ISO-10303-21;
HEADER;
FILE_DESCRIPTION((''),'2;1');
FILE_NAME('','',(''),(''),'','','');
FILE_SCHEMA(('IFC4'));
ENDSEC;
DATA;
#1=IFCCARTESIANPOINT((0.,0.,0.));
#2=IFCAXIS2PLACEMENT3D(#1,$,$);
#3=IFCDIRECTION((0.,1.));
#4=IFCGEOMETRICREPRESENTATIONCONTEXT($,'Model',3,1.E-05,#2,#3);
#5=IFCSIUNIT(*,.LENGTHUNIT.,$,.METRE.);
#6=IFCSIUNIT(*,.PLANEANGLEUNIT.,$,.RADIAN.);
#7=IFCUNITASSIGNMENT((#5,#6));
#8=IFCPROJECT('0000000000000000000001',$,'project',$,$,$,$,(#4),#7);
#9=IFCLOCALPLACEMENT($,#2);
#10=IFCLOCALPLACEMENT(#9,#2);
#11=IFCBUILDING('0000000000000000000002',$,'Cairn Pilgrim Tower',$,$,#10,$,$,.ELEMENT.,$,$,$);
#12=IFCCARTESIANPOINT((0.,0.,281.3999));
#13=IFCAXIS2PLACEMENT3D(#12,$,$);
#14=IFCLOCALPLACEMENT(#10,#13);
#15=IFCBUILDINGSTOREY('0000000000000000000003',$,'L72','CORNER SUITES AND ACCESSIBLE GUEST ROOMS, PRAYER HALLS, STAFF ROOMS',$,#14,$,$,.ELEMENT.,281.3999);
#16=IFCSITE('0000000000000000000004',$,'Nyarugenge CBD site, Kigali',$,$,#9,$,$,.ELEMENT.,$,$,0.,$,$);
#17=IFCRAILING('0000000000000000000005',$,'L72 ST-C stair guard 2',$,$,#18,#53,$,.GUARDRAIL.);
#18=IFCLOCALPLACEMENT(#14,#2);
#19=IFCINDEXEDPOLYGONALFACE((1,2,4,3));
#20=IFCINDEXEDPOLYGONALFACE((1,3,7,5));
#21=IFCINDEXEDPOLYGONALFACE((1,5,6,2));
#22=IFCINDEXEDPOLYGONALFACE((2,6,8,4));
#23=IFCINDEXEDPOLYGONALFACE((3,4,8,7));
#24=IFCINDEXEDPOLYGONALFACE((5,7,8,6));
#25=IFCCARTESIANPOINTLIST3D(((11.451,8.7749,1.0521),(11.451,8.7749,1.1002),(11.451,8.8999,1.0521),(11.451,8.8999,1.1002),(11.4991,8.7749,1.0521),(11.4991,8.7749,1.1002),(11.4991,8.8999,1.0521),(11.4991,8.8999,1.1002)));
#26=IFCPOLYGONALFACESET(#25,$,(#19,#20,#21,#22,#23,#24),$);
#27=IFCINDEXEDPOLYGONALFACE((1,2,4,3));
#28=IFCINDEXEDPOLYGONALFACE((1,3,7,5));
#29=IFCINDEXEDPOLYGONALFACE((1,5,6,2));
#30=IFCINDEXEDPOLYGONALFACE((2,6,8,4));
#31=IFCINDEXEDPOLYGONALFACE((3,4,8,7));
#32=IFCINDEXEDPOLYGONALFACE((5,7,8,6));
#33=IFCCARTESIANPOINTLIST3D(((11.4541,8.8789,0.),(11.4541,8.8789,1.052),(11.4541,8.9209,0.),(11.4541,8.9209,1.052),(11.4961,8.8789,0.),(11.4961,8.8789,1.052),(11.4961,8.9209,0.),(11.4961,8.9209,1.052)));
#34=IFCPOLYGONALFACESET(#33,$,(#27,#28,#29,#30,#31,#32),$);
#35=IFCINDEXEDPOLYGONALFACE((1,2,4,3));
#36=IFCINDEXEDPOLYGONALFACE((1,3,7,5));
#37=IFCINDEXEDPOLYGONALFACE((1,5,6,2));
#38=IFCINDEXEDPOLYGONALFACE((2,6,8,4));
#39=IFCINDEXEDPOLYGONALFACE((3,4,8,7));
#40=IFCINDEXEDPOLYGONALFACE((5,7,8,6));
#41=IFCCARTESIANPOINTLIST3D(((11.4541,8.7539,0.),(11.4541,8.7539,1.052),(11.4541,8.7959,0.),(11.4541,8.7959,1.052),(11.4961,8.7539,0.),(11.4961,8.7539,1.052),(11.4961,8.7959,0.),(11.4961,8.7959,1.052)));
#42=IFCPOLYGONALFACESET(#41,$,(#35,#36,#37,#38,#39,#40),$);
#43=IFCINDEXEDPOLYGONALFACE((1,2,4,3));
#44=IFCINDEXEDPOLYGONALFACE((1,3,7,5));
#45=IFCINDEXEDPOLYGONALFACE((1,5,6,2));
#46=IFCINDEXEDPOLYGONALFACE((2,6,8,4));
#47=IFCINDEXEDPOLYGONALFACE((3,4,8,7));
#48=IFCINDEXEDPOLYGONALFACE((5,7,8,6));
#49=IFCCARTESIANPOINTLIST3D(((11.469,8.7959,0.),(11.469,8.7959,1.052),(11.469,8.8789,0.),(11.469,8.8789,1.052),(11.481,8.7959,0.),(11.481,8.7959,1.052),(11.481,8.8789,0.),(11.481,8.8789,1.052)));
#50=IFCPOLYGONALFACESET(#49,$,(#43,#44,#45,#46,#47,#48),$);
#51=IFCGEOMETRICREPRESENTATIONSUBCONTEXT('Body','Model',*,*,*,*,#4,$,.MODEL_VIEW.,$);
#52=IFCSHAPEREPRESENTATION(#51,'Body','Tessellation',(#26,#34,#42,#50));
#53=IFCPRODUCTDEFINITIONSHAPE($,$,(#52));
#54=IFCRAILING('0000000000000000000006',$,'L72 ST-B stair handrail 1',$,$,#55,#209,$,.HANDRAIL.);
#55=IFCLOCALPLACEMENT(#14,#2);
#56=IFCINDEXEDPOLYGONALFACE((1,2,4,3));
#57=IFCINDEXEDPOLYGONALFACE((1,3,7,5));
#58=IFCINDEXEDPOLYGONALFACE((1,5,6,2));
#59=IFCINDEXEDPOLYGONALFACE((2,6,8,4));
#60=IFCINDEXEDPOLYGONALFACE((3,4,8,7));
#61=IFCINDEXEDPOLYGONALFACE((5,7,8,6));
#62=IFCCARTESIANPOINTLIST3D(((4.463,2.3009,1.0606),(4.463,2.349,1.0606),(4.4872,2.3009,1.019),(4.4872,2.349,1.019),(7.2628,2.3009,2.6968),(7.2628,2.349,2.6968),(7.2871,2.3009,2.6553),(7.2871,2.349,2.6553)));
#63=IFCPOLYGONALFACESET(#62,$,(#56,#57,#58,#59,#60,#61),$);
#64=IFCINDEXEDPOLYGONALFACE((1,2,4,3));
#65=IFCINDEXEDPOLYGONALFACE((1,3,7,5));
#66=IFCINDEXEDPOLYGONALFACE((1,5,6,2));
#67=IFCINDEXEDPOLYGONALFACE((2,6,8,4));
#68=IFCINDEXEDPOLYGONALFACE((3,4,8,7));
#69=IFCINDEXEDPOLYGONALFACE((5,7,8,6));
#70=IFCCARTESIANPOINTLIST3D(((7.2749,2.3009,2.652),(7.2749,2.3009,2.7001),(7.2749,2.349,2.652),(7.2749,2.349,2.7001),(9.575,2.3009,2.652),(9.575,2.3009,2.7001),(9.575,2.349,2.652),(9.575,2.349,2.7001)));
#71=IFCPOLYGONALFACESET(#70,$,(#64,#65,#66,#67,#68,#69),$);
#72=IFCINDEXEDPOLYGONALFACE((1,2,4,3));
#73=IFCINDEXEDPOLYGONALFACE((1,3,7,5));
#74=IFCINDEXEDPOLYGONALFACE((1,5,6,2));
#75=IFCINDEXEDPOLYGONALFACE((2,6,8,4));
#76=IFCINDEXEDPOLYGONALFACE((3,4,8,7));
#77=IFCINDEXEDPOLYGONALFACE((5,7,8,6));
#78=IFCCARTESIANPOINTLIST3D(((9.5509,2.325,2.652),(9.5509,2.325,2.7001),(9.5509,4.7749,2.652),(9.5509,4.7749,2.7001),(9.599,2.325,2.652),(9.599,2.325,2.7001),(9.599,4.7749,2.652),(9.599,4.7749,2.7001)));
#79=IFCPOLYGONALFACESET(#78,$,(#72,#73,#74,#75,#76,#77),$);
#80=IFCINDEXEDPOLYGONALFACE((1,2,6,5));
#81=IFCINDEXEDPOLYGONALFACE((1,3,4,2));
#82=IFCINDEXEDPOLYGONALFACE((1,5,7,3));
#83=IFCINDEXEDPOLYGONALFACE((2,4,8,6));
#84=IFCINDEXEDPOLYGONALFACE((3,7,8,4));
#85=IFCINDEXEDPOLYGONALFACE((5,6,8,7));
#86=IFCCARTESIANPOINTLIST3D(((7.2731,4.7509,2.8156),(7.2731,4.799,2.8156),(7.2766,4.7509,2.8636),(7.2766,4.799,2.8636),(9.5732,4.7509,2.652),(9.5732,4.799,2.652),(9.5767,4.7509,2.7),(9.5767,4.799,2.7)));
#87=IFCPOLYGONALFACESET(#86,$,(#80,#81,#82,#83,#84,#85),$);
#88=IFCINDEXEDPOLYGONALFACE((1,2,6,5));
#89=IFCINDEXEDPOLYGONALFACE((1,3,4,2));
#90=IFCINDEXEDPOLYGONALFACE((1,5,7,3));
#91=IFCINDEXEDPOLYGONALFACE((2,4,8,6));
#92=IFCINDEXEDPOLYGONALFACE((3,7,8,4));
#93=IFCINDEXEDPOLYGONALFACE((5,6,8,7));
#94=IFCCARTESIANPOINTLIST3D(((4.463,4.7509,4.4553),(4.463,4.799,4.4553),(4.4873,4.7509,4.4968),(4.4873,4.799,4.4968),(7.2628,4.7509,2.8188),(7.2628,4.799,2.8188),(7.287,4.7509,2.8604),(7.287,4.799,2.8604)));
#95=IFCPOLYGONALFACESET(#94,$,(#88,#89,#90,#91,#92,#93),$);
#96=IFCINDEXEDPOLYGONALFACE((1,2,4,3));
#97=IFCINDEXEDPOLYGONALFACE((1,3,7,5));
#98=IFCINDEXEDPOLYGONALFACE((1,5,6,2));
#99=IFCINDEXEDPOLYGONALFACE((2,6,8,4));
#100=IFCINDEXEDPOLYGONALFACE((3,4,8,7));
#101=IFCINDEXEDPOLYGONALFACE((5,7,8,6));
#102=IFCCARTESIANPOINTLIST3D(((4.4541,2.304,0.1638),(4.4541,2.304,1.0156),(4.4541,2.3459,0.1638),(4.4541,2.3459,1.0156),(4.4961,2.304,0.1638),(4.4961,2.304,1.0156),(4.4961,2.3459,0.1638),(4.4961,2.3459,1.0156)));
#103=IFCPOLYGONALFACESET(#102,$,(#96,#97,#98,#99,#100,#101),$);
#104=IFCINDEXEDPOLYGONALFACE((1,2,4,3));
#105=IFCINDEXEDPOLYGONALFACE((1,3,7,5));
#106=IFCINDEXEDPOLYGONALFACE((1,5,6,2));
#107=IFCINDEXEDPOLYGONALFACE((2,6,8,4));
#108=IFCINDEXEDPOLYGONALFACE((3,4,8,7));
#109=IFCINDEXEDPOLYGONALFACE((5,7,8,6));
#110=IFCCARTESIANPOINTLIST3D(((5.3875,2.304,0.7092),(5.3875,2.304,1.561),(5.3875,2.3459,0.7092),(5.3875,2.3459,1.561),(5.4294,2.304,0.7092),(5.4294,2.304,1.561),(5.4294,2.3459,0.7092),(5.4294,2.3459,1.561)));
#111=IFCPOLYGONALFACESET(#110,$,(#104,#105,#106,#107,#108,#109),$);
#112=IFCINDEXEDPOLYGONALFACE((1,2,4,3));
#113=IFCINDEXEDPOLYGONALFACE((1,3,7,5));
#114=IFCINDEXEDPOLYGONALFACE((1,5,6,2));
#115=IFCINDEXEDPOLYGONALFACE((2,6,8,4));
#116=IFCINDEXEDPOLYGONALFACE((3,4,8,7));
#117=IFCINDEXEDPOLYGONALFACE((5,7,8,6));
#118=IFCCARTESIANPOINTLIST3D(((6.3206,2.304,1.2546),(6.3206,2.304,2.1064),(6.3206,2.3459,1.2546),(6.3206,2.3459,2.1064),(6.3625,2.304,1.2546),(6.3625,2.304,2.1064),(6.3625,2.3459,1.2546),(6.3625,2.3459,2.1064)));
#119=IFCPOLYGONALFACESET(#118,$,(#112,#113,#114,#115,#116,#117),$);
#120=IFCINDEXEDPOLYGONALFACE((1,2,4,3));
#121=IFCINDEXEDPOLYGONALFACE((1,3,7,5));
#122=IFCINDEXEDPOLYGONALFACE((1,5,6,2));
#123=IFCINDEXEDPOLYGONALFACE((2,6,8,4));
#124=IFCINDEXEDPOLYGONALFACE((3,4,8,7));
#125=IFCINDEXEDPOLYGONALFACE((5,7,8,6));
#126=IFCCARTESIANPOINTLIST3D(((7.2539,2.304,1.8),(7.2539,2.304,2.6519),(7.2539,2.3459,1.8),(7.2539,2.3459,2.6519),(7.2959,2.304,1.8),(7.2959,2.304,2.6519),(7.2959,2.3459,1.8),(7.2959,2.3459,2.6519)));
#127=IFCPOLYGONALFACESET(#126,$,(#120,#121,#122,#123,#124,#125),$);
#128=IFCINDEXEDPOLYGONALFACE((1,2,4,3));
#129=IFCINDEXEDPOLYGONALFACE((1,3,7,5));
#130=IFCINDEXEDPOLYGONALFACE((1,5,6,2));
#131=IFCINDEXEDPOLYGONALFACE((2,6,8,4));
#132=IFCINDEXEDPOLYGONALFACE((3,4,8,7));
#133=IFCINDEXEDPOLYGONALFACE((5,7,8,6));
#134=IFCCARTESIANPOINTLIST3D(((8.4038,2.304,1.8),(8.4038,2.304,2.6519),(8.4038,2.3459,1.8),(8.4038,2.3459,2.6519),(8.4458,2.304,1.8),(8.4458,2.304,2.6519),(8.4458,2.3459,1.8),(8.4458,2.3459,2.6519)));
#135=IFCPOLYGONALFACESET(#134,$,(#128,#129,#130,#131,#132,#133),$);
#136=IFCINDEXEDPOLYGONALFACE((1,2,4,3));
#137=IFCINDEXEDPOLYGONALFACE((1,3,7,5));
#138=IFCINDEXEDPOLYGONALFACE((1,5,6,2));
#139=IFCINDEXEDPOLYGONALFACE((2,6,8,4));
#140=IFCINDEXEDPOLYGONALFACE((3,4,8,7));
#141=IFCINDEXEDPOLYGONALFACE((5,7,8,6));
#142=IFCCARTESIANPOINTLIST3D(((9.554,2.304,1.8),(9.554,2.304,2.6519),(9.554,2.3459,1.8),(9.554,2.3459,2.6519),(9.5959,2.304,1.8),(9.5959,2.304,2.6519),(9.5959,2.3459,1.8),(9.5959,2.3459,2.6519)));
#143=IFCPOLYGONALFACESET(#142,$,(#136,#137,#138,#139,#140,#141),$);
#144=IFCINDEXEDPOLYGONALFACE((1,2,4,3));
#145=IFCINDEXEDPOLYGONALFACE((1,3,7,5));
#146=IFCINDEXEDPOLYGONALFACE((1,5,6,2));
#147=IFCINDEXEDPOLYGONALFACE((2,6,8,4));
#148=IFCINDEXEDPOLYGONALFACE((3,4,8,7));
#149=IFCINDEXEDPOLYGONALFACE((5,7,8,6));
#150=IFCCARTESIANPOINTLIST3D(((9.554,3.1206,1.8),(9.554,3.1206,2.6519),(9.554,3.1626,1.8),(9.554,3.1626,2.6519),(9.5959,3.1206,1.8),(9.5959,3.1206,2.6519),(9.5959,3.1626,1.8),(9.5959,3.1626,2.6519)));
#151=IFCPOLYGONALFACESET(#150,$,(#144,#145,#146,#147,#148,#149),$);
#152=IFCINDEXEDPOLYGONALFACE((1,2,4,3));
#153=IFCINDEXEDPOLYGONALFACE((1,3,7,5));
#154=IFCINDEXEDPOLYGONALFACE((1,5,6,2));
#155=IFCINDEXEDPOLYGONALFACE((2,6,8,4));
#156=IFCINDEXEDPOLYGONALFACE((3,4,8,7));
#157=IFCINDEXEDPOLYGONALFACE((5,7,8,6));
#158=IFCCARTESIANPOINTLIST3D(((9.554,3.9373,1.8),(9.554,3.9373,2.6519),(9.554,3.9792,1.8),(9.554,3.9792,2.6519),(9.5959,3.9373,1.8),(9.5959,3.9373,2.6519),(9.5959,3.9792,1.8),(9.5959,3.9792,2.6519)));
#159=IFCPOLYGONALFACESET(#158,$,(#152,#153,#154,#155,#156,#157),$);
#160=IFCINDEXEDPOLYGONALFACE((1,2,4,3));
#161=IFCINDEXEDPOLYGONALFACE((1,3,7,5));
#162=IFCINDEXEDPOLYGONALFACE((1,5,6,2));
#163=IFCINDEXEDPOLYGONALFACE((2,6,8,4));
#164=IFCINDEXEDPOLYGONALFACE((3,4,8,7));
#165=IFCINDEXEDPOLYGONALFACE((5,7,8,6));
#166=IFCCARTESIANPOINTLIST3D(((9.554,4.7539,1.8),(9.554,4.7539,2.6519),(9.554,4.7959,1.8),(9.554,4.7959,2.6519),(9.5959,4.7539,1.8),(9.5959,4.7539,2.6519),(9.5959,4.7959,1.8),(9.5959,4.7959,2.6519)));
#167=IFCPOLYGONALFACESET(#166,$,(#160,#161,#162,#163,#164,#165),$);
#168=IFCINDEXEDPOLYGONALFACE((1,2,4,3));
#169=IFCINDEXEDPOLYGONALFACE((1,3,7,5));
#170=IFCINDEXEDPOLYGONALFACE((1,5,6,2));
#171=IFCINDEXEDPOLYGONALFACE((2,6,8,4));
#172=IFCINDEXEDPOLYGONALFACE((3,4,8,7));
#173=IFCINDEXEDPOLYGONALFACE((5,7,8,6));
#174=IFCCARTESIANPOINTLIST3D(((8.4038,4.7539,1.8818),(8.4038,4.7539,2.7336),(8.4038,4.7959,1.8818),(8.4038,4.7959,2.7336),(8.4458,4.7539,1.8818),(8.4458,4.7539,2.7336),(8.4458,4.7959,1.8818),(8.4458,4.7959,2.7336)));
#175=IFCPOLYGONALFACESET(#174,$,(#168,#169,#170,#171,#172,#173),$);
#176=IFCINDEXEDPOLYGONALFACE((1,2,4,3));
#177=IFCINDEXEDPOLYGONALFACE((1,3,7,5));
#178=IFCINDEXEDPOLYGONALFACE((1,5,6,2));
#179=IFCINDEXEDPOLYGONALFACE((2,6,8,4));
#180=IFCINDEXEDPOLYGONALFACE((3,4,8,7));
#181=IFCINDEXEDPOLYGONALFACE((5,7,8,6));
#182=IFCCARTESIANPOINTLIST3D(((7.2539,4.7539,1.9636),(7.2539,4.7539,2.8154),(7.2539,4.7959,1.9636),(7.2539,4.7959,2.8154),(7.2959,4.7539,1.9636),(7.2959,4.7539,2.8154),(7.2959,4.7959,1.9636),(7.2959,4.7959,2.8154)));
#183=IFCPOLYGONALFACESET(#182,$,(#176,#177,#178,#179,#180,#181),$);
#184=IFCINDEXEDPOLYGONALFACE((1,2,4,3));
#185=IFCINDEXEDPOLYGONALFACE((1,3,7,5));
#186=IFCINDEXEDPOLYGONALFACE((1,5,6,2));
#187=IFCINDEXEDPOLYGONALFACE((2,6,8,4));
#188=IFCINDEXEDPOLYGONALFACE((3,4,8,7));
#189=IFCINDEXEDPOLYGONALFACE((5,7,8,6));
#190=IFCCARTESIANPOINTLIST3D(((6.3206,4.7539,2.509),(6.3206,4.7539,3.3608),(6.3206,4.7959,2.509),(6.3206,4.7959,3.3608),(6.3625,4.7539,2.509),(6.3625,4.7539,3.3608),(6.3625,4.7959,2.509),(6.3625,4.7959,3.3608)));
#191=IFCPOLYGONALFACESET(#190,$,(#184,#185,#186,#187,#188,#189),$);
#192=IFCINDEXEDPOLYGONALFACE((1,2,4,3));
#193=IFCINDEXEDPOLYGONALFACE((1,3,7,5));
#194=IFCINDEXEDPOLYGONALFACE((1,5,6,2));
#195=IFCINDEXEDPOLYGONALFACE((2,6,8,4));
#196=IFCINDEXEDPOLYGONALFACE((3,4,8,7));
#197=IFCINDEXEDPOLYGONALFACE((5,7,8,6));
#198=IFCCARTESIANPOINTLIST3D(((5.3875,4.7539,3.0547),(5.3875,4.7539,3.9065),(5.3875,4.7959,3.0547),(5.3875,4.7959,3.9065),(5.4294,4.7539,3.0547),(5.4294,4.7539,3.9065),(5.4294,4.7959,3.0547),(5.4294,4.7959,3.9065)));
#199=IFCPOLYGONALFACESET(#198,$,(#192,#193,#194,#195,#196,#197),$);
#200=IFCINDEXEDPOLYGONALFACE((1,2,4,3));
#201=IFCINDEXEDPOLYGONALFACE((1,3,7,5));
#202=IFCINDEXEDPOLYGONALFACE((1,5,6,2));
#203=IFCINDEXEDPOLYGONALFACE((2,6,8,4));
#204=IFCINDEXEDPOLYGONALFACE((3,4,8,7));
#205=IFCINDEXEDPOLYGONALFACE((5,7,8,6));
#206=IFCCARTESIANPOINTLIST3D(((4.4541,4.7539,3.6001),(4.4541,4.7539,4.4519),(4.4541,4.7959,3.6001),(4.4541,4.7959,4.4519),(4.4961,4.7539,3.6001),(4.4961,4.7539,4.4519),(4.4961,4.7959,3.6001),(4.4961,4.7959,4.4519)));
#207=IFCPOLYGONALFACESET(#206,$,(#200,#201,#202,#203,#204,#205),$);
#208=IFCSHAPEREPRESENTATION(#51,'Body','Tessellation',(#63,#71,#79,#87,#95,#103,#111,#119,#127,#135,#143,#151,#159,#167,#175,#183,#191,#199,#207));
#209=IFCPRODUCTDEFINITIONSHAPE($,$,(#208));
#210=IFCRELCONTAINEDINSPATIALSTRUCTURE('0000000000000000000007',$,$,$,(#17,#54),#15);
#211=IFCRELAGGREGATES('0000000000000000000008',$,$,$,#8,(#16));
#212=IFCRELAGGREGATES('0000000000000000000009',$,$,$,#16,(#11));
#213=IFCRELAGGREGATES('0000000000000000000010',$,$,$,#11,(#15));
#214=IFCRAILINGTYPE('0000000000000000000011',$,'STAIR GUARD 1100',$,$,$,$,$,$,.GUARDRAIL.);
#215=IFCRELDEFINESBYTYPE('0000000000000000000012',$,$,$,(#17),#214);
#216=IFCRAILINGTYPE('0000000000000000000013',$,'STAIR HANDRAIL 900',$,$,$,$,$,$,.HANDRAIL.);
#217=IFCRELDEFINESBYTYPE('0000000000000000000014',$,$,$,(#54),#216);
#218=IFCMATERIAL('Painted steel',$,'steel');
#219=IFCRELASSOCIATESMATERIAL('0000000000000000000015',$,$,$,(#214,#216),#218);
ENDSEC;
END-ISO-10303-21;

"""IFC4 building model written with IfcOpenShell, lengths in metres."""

from ifc_helpers import new_model, si_unit, direction, frame, origin, origin_2d, place, context, subcontext, project, spatial, polyline, rectangle, outline, extrude, material, type_object, element, save


model = new_model("IFC4")

# Units and contexts
model_context = context("Model", 3, precision=1e-05, world=origin(), true_north=direction((0.0, 1.0)))
body_context = subcontext(model_context, "Body", "Model", "MODEL_VIEW")
ifc_project = project(units=[si_unit("LENGTHUNIT", "METRE"), si_unit("PLANEANGLEUNIT", "RADIAN")], contexts=[model_context])

# Site, building, storey
site_placement = place(None, origin())
site = spatial("IfcSite", under=ifc_project, at=site_placement, Name="Nyarugenge CBD site, Kigali", CompositionType="ELEMENT", RefElevation=0.0)
building_placement = place(site_placement, origin())
building = spatial("IfcBuilding", under=site, at=building_placement, Name="Cairn Pilgrim Tower", CompositionType="ELEMENT")
storey_placement = place(building_placement, frame((0.0, 0.0, 281.3999)))
storey = spatial("IfcBuildingStorey", under=building, at=storey_placement, Name="L72", Description="CORNER SUITES AND ACCESSIBLE GUEST ROOMS, PRAYER HALLS, STAFF ROOMS", CompositionType="ELEMENT", Elevation=281.3999)

# Shared definitions
ifc_material_1 = material(Name="Painted steel", Category="steel")

# Railings
railing_type_1 = type_object("IfcRailingType", Name="STAIR GUARD 1100", PredefinedType="GUARDRAIL", material=ifc_material_1)
railing_1_placement = place(storey_placement, frame((11.4751, 8.8999, 0.0)))
element("IfcRailing", 1, at=railing_1_placement, inside=storey, type_object=railing_type_1, Name="L72 ST-C stair guard 2", PredefinedType="GUARDRAIL", context=body_context, shape_type="SweptSolid", body=[
    extrude(rectangle(XDim=0.0481, YDim=0.0481, at=origin_2d()), frame((0.0, 0.0, 1.0762), z_axis=(0.0, -1.0, 0.0), x_axis=(1.0, 0.0, 0.0)), (0.0, 0.0, 1.0), 0.125),
    extrude(rectangle(XDim=0.042, YDim=0.042, at=origin_2d()), origin(), (0.0, 0.0, 1.0), 1.052),
    extrude(rectangle(XDim=0.042, YDim=0.042, at=origin_2d()), frame((0.0, -0.125, 0.0)), (0.0, 0.0, 1.0), 1.052),
    extrude(outline(polyline([(0.021, 0.0), (0.104, 0.0), (0.104, 1.052), (0.021, 1.052), (0.021, 0.0)])), frame((0.0059, 0.0, 0.0), z_axis=(-1.0, 0.0, 0.0), x_axis=(0.0, -1.0, 0.0)), (0.0, 0.0, 1.0), 0.012),
])
railing_type_2 = type_object("IfcRailingType", Name="STAIR HANDRAIL 900", PredefinedType="HANDRAIL", material=ifc_material_1)
railing_2_placement = place(storey_placement, frame((4.4751, 2.325, 0.1638)))
element("IfcRailing", 2, at=railing_2_placement, inside=storey, type_object=railing_type_2, Name="L72 ST-B stair handrail 1", PredefinedType="HANDRAIL", context=body_context, shape_type="SweptSolid", body=[
    extrude(rectangle(XDim=0.0481, YDim=0.0481, at=origin_2d()), frame((0.0, 0.0, 0.876), z_axis=(0.863374, 0.0, 0.504564), x_axis=(0.0, 1.0, 0.0)), (0.0, 0.0, 1.0), 3.2429),
    extrude(rectangle(XDim=0.0481, YDim=0.0481, at=origin_2d()), frame((2.7998, 0.0, 2.5122), z_axis=(1.0, 0.0, 0.0), x_axis=(0.0, 1.0, 0.0)), (0.0, 0.0, 1.0), 2.3),
    extrude(rectangle(XDim=0.0481, YDim=0.0481, at=origin_2d()), frame((5.0999, 0.0, 2.5122), z_axis=(0.0, 1.0, 0.0), x_axis=(-1.0, 0.0, 0.0)), (0.0, 0.0, 1.0), 2.45),
    extrude(rectangle(XDim=0.0481, YDim=0.0481, at=origin_2d()), frame((5.0999, 2.45, 2.5122), z_axis=(-0.997481, 0.0, 0.070939), x_axis=(0.0, -1.0, 0.0)), (0.0, 0.0, 1.0), 2.3059),
    extrude(rectangle(XDim=0.0481, YDim=0.0481, at=origin_2d()), frame((2.7998, 2.45, 2.6758), z_axis=(-0.863342, 0.0, 0.50462), x_axis=(0.0, -1.0, 0.0)), (0.0, 0.0, 1.0), 3.2429),
    extrude(rectangle(XDim=0.042, YDim=0.042, at=origin_2d()), origin(), (0.0, 0.0, 1.0), 0.8518),
    extrude(rectangle(XDim=0.042, YDim=0.042, at=origin_2d()), frame((0.9333, 0.0, 0.5454)), (0.0, 0.0, 1.0), 0.8518),
    extrude(rectangle(XDim=0.042, YDim=0.042, at=origin_2d()), frame((1.8665, 0.0, 1.0908)), (0.0, 0.0, 1.0), 0.8518),
    extrude(rectangle(XDim=0.042, YDim=0.042, at=origin_2d()), frame((2.7998, 0.0, 1.6362)), (0.0, 0.0, 1.0), 0.8518),
    extrude(rectangle(XDim=0.042, YDim=0.042, at=origin_2d()), frame((3.9497, 0.0, 1.6362)), (0.0, 0.0, 1.0), 0.8518),
    extrude(rectangle(XDim=0.042, YDim=0.042, at=origin_2d()), frame((5.0999, 0.0, 1.6362)), (0.0, 0.0, 1.0), 0.8518),
    extrude(rectangle(XDim=0.042, YDim=0.042, at=origin_2d()), frame((5.0999, 0.8167, 1.6362)), (0.0, 0.0, 1.0), 0.8518),
    extrude(rectangle(XDim=0.042, YDim=0.042, at=origin_2d()), frame((5.0999, 1.6333, 1.6362)), (0.0, 0.0, 1.0), 0.8518),
    extrude(rectangle(XDim=0.042, YDim=0.042, at=origin_2d()), frame((5.0999, 2.45, 1.6362)), (0.0, 0.0, 1.0), 0.8518),
    extrude(rectangle(XDim=0.042, YDim=0.042, at=origin_2d()), frame((3.9497, 2.45, 1.718)), (0.0, 0.0, 1.0), 0.8518),
    extrude(rectangle(XDim=0.042, YDim=0.042, at=origin_2d()), frame((2.7998, 2.45, 1.7998)), (0.0, 0.0, 1.0), 0.8518),
    extrude(rectangle(XDim=0.042, YDim=0.042, at=origin_2d()), frame((1.8665, 2.45, 2.3452)), (0.0, 0.0, 1.0), 0.8518),
    extrude(rectangle(XDim=0.042, YDim=0.042, at=origin_2d()), frame((0.9333, 2.45, 2.8909)), (0.0, 0.0, 1.0), 0.8518),
    extrude(rectangle(XDim=0.042, YDim=0.042, at=origin_2d()), frame((0.0, 2.45, 3.4363)), (0.0, 0.0, 1.0), 0.8518),
])

save(model, "model.ifc")
